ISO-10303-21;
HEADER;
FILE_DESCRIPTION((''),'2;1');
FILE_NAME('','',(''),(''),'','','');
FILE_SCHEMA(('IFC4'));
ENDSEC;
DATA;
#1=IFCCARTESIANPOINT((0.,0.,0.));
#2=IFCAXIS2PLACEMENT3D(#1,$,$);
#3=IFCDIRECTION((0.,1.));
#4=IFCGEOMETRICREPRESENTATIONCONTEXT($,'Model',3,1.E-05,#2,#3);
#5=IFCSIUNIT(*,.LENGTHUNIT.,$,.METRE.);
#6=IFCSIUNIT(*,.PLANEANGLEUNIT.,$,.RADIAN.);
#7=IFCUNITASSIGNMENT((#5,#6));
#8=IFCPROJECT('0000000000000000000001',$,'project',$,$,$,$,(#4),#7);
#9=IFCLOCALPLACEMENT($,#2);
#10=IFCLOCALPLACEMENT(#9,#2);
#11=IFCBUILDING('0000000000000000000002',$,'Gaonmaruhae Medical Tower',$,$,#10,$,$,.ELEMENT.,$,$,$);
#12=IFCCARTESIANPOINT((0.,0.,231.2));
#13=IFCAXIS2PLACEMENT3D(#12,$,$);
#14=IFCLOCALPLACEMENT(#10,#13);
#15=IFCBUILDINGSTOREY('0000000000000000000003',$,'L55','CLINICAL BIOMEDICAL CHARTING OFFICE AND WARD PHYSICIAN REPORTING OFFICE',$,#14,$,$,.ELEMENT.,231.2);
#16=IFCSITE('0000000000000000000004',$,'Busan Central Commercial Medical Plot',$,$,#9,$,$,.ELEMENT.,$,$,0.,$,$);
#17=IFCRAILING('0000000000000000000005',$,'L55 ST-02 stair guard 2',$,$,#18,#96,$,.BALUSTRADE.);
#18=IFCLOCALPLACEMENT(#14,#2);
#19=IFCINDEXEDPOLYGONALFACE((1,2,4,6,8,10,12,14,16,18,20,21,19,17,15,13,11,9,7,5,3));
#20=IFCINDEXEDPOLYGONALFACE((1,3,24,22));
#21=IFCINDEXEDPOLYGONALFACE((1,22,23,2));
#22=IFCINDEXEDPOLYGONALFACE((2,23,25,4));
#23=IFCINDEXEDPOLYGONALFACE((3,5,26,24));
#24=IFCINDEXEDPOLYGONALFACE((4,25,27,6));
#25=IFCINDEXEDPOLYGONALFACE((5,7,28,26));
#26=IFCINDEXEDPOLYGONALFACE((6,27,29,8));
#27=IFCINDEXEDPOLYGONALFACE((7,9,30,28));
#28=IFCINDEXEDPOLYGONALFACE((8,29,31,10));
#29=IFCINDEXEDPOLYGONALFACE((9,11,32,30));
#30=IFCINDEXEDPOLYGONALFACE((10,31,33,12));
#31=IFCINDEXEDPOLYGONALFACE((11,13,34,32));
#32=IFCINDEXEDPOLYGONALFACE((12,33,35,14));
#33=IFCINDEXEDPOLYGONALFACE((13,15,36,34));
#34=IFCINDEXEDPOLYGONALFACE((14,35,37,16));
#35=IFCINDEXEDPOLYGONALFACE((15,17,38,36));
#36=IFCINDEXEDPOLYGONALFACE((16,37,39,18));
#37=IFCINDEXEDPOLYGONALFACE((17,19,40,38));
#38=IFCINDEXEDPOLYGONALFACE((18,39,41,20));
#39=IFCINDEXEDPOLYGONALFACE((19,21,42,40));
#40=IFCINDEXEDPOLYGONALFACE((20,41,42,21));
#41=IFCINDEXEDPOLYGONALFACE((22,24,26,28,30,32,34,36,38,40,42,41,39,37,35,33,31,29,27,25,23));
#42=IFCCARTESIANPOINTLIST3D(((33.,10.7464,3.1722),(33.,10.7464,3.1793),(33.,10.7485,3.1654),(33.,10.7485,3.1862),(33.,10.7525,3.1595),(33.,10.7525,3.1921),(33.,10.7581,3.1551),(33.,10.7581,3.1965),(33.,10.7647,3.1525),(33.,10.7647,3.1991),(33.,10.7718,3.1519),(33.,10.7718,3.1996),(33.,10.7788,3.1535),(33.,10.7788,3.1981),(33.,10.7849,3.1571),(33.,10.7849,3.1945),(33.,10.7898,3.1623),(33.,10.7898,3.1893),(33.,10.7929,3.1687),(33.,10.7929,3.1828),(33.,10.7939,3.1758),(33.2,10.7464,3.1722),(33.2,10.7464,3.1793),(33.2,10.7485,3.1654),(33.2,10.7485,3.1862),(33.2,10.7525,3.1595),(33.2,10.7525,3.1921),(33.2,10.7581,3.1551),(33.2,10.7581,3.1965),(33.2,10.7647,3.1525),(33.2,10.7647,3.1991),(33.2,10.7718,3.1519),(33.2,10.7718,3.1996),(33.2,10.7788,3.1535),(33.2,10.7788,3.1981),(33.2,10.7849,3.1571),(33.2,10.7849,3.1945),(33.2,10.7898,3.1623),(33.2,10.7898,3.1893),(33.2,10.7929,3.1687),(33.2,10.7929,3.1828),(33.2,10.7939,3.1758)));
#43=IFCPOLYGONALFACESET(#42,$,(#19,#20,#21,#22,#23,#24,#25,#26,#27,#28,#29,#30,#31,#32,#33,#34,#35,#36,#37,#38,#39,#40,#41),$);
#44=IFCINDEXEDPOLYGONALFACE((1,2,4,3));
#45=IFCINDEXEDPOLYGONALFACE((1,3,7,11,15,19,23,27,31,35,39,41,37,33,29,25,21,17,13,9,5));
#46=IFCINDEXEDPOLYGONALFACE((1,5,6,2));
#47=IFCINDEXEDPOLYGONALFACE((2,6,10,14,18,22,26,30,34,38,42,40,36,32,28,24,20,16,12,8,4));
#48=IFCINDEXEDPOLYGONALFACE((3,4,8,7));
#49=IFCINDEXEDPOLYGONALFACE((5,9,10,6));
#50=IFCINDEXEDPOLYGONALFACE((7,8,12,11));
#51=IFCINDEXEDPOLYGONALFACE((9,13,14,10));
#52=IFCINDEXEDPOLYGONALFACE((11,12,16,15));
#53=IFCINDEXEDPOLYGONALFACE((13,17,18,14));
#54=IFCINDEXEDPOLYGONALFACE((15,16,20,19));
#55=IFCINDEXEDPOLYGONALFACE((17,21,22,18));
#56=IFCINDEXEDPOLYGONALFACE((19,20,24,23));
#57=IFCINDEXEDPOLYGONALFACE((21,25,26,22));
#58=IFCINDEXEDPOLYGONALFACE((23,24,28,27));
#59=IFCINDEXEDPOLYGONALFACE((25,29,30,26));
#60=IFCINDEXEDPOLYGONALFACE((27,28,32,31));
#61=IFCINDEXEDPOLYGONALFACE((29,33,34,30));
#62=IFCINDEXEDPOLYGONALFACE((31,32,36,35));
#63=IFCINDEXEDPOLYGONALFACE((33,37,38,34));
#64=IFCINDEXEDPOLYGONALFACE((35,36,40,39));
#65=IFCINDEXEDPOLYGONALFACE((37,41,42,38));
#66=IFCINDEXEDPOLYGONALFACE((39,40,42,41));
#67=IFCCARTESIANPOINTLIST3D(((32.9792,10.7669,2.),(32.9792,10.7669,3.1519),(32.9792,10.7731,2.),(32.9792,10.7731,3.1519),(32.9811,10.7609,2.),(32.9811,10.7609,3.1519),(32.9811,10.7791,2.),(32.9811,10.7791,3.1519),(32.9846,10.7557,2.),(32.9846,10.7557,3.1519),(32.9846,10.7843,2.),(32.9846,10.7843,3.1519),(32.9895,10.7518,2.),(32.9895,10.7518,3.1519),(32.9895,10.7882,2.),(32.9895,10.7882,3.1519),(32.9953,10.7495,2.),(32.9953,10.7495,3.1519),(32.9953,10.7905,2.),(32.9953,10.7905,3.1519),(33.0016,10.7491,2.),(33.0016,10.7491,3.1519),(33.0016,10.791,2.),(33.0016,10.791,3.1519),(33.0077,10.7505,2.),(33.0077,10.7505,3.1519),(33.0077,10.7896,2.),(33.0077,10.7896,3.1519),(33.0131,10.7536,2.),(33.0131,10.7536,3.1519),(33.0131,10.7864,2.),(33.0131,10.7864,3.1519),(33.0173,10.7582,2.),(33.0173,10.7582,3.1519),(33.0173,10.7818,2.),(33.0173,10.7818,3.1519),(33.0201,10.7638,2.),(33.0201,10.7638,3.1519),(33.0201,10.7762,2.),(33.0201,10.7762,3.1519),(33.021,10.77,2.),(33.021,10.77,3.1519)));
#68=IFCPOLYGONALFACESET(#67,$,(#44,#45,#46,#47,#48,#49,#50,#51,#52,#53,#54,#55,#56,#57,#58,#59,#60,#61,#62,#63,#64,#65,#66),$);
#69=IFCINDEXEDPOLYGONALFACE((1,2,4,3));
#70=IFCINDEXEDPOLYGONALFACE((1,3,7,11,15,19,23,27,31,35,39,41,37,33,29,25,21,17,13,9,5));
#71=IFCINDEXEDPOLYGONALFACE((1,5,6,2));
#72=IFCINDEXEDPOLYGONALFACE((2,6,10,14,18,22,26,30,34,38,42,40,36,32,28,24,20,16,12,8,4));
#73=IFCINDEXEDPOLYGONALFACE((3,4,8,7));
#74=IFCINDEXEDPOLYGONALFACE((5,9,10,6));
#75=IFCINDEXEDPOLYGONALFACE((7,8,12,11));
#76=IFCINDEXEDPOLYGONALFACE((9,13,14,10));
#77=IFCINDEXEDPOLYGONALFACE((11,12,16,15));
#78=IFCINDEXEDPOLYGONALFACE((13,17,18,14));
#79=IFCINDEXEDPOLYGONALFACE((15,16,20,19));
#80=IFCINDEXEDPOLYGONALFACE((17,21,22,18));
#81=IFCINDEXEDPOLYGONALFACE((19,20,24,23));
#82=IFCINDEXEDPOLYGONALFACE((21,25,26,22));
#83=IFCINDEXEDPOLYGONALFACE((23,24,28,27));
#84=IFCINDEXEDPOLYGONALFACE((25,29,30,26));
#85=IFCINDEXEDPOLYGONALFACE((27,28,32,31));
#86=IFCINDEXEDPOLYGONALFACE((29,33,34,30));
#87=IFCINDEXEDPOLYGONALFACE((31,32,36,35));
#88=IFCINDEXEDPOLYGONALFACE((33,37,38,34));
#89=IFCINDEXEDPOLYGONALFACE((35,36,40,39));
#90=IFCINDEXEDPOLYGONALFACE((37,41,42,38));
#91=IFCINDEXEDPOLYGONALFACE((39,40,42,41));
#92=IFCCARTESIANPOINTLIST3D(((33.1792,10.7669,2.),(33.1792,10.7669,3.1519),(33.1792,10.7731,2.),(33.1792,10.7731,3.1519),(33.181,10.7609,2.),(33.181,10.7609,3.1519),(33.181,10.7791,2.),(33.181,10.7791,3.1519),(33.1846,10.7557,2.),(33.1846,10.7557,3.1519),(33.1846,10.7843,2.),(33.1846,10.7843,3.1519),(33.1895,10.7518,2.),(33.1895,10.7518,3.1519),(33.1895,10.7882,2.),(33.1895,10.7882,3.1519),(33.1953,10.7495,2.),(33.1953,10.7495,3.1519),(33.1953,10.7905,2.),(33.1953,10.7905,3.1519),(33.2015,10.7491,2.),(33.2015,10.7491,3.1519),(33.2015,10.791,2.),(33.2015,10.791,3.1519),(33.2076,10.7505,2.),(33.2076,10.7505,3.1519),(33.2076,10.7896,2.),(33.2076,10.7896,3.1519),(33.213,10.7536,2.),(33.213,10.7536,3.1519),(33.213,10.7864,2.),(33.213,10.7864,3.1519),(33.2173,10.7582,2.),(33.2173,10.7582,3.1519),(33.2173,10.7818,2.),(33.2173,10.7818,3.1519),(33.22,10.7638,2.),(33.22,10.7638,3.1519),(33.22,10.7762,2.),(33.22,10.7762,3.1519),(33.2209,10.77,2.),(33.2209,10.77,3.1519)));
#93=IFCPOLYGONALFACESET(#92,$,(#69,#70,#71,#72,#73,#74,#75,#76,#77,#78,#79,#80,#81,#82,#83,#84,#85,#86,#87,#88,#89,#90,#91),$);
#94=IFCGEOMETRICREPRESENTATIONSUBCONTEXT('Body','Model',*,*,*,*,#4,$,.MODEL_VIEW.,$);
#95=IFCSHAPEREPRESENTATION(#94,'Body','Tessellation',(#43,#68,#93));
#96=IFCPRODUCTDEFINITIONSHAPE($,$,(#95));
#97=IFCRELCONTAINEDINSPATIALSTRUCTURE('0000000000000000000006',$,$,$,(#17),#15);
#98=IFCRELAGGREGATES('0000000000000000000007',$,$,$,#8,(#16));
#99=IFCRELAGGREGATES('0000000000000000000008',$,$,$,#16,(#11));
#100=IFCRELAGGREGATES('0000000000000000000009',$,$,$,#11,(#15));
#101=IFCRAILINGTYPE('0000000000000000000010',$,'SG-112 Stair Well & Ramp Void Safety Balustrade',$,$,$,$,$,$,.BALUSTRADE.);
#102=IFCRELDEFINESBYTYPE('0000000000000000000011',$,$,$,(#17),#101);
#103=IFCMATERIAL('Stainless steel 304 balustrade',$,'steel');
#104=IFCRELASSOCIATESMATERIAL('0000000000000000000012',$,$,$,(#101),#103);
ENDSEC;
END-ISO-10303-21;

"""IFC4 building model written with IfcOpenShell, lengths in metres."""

from ifc_helpers import new_model, si_unit, direction, frame, origin, origin_2d, place, context, subcontext, project, spatial, circle, extrude, material, type_object, element, save


model = new_model("IFC4")

# Units and contexts
model_context = context("Model", 3, precision=1e-05, world=origin(), true_north=direction((0.0, 1.0)))
body_context = subcontext(model_context, "Body", "Model", "MODEL_VIEW")
ifc_project = project(units=[si_unit("LENGTHUNIT", "METRE"), si_unit("PLANEANGLEUNIT", "RADIAN")], contexts=[model_context])

# Site, building, storey
site_placement = place(None, origin())
site = spatial("IfcSite", under=ifc_project, at=site_placement, Name="Busan Central Commercial Medical Plot", CompositionType="ELEMENT", RefElevation=0.0)
building_placement = place(site_placement, origin())
building = spatial("IfcBuilding", under=site, at=building_placement, Name="Gaonmaruhae Medical Tower", CompositionType="ELEMENT")
storey_placement = place(building_placement, frame((0.0, 0.0, 231.2)))
storey = spatial("IfcBuildingStorey", under=building, at=storey_placement, Name="L55", Description="CLINICAL BIOMEDICAL CHARTING OFFICE AND WARD PHYSICIAN REPORTING OFFICE", CompositionType="ELEMENT", Elevation=231.2)

# Railing
ifc_material_1 = material(Name="Stainless steel 304 balustrade", Category="steel")
railing_type_1 = type_object("IfcRailingType", Name="SG-112 Stair Well & Ramp Void Safety Balustrade", PredefinedType="BALUSTRADE", material=ifc_material_1)
railing_1_placement = place(storey_placement, frame((33.0, 10.77, 2.0)))
element("IfcRailing", 1, at=railing_1_placement, inside=storey, type_object=railing_type_1, Name="L55 ST-02 stair guard 2", PredefinedType="BALUSTRADE", context=body_context, shape_type="SweptSolid", body=[
    extrude(circle(Radius=0.0239, at=origin_2d()), frame((0.0, 0.0, 1.1758), z_axis=(1.0, 0.0, 0.0), x_axis=(0.0, 1.0, 0.0)), (0.0, 0.0, 1.0), 0.2),
    extrude(circle(Radius=0.021, at=origin_2d()), origin(), (0.0, 0.0, 1.0), 1.1519),
    extrude(circle(Radius=0.021, at=origin_2d()), frame((0.2, 0.0, 0.0)), (0.0, 0.0, 1.0), 1.1519),
])

save(model, "model.ifc")
